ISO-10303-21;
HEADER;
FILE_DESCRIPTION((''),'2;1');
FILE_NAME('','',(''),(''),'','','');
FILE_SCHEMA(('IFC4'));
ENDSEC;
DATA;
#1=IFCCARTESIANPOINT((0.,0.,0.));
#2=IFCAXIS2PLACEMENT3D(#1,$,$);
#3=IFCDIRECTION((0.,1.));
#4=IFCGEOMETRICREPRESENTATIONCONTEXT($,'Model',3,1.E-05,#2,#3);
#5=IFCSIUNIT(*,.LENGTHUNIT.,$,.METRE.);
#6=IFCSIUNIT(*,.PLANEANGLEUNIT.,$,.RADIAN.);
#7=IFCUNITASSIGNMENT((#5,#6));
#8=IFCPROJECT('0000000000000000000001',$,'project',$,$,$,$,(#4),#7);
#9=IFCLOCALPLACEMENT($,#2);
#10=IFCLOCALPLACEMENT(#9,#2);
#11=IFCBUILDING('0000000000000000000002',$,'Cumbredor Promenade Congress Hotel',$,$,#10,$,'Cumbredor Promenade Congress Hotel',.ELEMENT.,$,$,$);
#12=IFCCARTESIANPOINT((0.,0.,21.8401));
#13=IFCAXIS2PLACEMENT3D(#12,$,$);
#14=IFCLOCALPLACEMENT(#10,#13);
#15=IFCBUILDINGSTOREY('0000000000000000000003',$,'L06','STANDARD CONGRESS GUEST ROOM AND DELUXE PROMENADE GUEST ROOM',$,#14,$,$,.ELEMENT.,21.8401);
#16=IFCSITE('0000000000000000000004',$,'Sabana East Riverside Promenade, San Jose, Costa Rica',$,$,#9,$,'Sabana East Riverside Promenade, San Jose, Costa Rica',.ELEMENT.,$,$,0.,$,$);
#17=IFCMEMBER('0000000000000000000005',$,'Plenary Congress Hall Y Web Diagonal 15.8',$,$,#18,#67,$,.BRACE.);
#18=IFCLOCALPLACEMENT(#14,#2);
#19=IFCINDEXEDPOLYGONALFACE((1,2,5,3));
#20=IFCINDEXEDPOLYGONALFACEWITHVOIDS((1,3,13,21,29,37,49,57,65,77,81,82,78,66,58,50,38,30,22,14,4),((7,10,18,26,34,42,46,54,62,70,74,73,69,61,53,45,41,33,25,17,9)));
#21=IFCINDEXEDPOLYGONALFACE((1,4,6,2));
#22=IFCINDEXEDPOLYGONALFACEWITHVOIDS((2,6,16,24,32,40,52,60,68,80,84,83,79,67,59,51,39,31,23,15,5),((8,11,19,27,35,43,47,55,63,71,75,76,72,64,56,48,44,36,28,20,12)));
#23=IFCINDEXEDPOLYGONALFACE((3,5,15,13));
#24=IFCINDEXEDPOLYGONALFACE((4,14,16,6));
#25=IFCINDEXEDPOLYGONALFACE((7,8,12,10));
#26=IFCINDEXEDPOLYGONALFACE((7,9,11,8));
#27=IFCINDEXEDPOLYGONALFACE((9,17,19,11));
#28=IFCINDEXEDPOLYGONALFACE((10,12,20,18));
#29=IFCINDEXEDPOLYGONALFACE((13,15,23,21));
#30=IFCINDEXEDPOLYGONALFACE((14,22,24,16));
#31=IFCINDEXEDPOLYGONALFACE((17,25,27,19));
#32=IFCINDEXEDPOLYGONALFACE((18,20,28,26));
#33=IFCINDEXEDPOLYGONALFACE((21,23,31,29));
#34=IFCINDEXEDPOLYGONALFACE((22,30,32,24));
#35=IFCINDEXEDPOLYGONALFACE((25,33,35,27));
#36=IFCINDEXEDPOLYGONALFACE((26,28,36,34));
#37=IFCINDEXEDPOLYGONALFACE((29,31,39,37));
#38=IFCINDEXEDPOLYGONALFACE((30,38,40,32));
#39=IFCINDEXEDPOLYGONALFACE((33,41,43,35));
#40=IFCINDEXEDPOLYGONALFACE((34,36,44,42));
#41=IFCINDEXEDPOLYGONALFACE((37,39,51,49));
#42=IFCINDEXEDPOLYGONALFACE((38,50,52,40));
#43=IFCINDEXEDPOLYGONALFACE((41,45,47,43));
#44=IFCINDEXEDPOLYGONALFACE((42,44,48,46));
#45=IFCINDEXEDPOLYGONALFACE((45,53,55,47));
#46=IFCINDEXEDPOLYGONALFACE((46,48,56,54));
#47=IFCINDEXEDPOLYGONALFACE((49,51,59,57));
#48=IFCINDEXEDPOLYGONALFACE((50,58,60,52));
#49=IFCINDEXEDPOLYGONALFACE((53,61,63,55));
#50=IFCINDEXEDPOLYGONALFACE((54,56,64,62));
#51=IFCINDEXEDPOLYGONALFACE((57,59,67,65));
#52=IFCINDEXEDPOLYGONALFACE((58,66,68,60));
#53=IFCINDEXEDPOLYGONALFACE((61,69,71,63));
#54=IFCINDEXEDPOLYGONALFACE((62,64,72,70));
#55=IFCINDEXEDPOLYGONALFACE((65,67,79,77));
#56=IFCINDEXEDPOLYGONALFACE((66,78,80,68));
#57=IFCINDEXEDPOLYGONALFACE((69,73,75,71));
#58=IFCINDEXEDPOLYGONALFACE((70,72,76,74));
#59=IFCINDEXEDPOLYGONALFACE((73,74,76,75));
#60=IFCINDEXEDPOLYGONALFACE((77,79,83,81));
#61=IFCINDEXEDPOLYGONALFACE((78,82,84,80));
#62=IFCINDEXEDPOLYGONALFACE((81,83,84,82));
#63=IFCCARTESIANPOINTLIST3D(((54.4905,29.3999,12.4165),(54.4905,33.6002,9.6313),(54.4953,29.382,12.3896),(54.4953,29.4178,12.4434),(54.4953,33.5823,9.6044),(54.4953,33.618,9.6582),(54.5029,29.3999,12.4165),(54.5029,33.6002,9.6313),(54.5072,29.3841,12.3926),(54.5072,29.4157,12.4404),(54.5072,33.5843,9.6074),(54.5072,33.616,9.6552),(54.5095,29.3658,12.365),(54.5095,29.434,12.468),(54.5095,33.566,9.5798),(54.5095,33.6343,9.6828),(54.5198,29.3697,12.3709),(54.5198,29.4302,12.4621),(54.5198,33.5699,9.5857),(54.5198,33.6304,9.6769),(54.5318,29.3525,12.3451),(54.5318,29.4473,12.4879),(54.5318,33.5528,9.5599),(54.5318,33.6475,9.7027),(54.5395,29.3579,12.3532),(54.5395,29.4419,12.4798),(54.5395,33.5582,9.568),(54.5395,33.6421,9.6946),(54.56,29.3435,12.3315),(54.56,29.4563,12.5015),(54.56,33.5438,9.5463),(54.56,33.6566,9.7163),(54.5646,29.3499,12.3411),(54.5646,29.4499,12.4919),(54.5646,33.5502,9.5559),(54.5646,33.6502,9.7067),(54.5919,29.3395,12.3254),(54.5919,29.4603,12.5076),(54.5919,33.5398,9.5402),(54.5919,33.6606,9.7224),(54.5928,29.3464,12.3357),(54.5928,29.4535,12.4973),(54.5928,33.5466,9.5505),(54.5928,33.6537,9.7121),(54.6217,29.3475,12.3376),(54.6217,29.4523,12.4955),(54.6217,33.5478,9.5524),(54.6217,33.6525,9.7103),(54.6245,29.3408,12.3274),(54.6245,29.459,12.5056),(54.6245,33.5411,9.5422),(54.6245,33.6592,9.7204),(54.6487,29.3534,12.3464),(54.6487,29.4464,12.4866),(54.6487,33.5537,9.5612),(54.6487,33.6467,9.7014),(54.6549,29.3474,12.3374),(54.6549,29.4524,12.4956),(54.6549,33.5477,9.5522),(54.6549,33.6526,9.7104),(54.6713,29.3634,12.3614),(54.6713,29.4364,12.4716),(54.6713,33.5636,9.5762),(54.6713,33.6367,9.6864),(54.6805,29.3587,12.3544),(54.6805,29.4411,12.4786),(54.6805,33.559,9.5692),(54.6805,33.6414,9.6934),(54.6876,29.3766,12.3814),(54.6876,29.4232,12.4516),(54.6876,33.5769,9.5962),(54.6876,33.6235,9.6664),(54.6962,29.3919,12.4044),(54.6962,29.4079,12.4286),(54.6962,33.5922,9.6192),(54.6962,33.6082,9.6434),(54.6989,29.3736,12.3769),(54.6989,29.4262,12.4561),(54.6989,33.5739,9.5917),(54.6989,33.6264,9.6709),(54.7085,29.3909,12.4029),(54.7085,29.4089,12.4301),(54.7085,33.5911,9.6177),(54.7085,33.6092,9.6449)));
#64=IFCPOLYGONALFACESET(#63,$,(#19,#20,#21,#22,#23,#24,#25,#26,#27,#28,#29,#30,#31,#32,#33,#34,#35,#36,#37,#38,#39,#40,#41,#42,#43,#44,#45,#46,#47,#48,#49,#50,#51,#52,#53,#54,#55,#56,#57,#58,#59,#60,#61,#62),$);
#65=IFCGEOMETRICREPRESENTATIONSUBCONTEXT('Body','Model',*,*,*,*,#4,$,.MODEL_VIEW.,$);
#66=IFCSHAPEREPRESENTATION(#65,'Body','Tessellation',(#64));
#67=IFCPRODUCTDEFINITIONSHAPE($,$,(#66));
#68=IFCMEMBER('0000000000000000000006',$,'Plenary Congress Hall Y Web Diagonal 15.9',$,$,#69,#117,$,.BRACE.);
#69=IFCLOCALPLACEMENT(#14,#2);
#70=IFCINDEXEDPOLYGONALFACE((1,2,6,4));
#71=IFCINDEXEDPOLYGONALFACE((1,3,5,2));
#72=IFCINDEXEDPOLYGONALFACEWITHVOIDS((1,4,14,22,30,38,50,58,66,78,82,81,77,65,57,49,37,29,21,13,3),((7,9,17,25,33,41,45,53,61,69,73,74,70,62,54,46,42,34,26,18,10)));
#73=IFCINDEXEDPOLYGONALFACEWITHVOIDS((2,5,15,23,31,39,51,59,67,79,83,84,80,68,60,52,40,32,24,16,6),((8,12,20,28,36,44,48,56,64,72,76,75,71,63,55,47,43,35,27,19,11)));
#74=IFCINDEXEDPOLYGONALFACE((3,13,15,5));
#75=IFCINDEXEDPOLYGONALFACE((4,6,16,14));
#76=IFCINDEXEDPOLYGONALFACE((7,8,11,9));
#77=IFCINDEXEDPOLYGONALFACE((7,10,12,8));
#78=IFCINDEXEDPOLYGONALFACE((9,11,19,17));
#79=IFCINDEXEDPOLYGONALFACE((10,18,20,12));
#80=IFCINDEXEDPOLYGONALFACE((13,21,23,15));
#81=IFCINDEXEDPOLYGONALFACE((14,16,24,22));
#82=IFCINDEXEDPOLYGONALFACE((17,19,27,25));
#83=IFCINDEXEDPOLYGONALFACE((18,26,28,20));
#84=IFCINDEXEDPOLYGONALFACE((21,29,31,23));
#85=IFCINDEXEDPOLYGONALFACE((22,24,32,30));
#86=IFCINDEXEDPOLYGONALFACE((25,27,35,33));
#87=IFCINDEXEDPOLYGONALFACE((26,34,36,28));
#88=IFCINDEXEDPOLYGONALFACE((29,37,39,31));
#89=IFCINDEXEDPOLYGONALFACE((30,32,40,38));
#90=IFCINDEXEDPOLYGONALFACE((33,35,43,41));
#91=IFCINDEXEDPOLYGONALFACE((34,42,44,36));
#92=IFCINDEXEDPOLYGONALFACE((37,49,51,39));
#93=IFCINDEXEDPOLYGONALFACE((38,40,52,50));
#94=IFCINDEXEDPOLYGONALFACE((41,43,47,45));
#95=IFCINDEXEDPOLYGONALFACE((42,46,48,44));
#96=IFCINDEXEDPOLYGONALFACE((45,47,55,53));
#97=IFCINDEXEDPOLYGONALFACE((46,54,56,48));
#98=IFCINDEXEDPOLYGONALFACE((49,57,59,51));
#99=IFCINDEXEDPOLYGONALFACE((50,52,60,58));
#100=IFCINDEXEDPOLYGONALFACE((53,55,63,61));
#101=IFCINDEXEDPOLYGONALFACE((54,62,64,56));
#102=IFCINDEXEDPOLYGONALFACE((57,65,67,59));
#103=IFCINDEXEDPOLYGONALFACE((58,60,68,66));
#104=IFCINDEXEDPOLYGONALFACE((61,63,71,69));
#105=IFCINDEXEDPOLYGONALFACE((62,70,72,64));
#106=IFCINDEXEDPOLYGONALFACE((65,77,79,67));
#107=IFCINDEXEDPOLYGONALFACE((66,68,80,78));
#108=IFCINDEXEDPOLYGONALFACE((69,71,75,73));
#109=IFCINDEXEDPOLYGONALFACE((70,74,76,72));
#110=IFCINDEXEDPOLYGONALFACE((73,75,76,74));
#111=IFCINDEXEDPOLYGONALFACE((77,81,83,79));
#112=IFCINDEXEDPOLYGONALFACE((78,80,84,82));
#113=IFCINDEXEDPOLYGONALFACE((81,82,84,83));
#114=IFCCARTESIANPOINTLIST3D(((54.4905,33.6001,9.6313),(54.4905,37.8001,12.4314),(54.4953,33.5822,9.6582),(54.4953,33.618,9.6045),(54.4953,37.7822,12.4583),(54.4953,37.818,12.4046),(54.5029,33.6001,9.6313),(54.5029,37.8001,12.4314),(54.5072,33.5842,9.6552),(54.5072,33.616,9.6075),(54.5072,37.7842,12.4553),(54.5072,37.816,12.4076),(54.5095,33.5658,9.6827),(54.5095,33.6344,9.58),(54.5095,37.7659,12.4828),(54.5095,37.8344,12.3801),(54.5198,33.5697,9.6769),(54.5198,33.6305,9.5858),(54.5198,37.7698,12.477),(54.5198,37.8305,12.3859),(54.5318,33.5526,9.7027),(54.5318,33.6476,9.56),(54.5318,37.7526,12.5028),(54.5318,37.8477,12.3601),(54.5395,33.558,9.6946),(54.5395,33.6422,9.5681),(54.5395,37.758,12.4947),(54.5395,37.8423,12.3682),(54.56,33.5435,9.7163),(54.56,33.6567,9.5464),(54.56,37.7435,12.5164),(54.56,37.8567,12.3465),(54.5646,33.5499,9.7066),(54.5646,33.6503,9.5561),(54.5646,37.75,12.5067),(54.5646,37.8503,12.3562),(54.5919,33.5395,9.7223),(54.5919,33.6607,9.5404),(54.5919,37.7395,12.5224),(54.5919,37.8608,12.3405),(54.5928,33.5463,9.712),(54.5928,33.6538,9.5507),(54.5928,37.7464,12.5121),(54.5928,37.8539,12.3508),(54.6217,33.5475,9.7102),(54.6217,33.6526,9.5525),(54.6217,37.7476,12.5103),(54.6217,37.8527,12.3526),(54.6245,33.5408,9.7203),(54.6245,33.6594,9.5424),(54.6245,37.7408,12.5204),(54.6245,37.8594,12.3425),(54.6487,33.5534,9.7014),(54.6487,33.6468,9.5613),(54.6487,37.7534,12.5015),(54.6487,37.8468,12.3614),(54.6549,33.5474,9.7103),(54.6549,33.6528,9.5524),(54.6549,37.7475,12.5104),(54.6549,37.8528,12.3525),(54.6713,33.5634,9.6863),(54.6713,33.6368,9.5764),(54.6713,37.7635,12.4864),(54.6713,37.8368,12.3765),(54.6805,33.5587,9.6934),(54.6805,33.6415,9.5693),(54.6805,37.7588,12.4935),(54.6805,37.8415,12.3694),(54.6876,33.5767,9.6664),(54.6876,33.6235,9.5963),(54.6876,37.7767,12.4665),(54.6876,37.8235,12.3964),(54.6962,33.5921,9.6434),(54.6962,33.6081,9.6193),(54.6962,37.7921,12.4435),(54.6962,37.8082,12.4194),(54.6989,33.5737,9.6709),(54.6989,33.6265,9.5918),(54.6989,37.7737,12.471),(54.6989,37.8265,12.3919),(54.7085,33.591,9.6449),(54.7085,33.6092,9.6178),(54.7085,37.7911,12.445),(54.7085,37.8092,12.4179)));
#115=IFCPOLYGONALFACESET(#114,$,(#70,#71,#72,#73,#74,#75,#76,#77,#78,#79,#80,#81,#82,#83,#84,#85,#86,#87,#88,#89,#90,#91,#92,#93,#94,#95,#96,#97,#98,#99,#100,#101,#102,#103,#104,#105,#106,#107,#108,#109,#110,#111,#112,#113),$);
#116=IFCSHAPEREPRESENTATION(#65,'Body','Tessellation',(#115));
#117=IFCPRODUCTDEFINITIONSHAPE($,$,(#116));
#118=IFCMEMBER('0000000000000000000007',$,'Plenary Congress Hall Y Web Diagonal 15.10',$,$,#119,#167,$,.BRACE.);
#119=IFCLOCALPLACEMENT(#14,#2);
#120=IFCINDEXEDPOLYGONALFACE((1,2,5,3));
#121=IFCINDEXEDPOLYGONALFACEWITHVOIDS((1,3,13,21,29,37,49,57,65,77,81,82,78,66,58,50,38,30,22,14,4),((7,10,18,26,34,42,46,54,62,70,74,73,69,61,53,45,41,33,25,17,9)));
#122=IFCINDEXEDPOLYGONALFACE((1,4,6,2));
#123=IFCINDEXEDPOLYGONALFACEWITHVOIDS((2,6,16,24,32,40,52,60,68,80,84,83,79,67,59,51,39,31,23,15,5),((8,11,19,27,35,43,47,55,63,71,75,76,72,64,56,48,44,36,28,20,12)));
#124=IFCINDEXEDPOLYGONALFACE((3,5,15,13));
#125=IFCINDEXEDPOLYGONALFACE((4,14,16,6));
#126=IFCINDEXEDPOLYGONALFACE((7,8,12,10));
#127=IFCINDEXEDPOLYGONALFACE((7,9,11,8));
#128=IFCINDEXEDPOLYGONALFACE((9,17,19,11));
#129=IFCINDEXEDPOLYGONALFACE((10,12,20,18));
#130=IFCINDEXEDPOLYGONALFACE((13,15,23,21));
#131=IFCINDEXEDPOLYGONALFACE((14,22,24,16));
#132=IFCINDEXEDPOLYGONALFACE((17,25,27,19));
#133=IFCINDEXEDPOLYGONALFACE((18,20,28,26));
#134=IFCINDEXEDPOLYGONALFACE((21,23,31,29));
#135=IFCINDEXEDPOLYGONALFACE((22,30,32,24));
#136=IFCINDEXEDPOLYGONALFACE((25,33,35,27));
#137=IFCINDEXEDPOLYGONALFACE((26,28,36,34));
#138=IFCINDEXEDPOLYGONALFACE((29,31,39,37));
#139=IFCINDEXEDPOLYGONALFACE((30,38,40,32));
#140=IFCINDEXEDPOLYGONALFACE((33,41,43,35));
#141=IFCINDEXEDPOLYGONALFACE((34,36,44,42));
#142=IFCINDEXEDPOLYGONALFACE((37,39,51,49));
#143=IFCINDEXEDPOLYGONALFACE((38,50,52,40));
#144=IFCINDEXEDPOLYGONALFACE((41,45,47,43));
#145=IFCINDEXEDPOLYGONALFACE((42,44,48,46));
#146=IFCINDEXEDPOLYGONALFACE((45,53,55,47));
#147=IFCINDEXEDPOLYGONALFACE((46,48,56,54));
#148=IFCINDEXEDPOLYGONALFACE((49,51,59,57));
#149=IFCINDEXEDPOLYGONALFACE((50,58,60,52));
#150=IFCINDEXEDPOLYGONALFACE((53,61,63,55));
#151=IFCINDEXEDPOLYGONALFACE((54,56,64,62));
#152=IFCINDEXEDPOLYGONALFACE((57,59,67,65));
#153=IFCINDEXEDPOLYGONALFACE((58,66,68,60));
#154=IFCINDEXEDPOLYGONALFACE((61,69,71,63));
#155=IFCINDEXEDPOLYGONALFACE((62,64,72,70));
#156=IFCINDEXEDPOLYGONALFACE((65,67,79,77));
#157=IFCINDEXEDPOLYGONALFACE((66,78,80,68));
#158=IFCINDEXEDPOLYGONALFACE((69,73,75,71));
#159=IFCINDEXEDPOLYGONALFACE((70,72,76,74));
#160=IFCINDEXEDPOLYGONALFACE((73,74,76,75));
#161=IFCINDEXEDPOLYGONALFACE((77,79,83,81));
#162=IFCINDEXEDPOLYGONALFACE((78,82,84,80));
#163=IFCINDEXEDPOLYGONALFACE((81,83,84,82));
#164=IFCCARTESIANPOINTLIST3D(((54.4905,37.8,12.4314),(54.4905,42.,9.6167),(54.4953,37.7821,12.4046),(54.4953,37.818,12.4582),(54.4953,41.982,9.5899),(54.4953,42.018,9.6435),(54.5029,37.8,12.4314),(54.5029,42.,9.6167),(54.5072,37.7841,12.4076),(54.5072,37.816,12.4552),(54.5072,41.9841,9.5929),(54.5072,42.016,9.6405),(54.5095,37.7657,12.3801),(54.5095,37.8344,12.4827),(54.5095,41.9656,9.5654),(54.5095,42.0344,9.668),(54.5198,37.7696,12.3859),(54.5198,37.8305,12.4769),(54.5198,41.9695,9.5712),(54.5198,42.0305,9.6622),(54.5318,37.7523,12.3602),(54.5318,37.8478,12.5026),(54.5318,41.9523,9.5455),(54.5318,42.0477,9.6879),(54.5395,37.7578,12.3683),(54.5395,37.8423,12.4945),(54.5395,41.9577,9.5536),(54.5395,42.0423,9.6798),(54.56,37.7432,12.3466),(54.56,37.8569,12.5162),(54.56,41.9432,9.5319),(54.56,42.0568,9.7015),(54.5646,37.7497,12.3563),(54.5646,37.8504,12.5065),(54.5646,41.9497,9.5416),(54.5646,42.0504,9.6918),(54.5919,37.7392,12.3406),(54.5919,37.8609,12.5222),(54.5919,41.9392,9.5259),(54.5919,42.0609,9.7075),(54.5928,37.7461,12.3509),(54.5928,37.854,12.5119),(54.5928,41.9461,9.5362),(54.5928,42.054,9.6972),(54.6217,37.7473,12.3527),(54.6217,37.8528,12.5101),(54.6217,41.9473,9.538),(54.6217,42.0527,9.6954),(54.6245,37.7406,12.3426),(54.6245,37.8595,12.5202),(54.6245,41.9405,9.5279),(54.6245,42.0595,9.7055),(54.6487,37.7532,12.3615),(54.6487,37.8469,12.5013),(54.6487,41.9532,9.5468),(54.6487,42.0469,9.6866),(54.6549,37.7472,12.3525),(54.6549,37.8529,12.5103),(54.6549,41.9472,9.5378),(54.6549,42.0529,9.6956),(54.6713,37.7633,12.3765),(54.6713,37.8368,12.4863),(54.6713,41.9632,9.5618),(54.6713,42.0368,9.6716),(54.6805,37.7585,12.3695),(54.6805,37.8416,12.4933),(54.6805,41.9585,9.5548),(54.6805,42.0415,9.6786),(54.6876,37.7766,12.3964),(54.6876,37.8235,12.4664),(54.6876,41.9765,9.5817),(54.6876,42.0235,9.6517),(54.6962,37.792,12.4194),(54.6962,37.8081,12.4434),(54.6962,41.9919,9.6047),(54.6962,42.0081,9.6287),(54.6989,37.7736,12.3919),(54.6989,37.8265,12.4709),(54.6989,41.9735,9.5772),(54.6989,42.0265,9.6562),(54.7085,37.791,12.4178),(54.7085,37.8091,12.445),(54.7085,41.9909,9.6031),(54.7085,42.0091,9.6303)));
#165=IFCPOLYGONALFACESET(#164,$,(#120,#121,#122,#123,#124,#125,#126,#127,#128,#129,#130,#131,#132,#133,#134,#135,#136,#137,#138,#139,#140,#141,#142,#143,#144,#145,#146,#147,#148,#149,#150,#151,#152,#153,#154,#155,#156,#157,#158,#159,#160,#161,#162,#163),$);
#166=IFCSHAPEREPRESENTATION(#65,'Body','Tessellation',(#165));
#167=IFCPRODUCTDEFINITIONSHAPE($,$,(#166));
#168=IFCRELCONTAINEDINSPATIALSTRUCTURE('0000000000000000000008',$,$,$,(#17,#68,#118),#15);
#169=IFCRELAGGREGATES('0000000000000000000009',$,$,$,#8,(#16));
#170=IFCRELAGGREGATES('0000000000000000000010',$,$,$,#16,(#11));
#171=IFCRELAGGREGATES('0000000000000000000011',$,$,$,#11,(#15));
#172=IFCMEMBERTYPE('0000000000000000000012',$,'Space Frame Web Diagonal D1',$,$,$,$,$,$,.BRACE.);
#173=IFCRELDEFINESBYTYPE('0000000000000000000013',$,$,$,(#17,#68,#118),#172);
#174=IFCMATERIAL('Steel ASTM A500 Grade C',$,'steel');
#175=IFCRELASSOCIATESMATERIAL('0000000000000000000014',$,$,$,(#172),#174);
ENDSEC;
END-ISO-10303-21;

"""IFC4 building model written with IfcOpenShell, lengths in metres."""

from ifc_helpers import new_model, si_unit, direction, frame, origin, origin_2d, place, context, subcontext, project, spatial, hollow_circle, extrude, material, material_profile, profile_set, type_object, element, save


model = new_model("IFC4")

# Units and contexts
model_context = context("Model", 3, precision=1e-05, world=origin(), true_north=direction((0.0, 1.0)))
body_context = subcontext(model_context, "Body", "Model", "MODEL_VIEW")
ifc_project = project(units=[si_unit("LENGTHUNIT", "METRE"), si_unit("PLANEANGLEUNIT", "RADIAN")], contexts=[model_context])

# Site, building, storey
site_placement = place(None, origin())
site = spatial("IfcSite", under=ifc_project, at=site_placement, Name="Sabana East Riverside Promenade, San Jose, Costa Rica", LongName="Sabana East Riverside Promenade, San Jose, Costa Rica", CompositionType="ELEMENT", RefElevation=0.0)
building_placement = place(site_placement, origin())
building = spatial("IfcBuilding", under=site, at=building_placement, Name="Cumbredor Promenade Congress Hotel", LongName="Cumbredor Promenade Congress Hotel", CompositionType="ELEMENT")
storey_placement = place(building_placement, frame((0.0, 0.0, 21.8401)))
storey = spatial("IfcBuildingStorey", under=building, at=storey_placement, Name="L06", Description="STANDARD CONGRESS GUEST ROOM AND DELUXE PROMENADE GUEST ROOM", CompositionType="ELEMENT", Elevation=21.8401)

# Members
ifc_material_1 = material(Name="Steel ASTM A500 Grade C", Category="steel")
ifc_material_profile_1 = material_profile(ifc_material_1, hollow_circle(Radius=0.1096, WallThickness=0.0125, at=origin_2d()), Name="CHS 219.1x12.5")
ifc_profile_set_1 = profile_set([ifc_material_profile_1], Name="Steel ASTM A500 Grade C")
member_type_1 = type_object("IfcMemberType", Name="Space Frame Web Diagonal D1", PredefinedType="BRACE", material=ifc_profile_set_1)
member_1_placement = place(storey_placement, frame((54.6001, 29.3999, 12.4165), z_axis=(0.0, 0.833419, -0.552642), x_axis=(-1.0, 0.0, 0.0)))
element("IfcMember", 1, at=member_1_placement, inside=storey, type_object=member_type_1, Name="Plenary Congress Hall Y Web Diagonal 15.8", PredefinedType="BRACE", context=body_context, shape_type="SweptSolid", body=[
    extrude(hollow_circle(Radius=0.1096, WallThickness=0.0125, at=origin_2d()), origin(), (0.0, 0.0, 1.0), 5.0398),
])
member_2_placement = place(storey_placement, frame((54.6001, 33.6001, 9.6313), z_axis=(0.0, 0.832043, 0.554711), x_axis=(-1.0, 0.0, 0.0)))
element("IfcMember", 2, at=member_2_placement, inside=storey, type_object=member_type_1, Name="Plenary Congress Hall Y Web Diagonal 15.9", PredefinedType="BRACE", context=body_context, shape_type="SweptSolid", body=[
    extrude(hollow_circle(Radius=0.1096, WallThickness=0.0125, at=origin_2d()), origin(), (0.0, 0.0, 1.0), 5.0479),
])
member_3_placement = place(storey_placement, frame((54.6001, 37.8, 12.4314), z_axis=(0.0, 0.830703, -0.556716), x_axis=(-1.0, 0.0, 0.0)))
element("IfcMember", 3, at=member_3_placement, inside=storey, type_object=member_type_1, Name="Plenary Congress Hall Y Web Diagonal 15.10", PredefinedType="BRACE", context=body_context, shape_type="SweptSolid", body=[
    extrude(hollow_circle(Radius=0.1096, WallThickness=0.0125, at=origin_2d()), origin(), (0.0, 0.0, 1.0), 5.0559),
])

save(model, "model.ifc")
